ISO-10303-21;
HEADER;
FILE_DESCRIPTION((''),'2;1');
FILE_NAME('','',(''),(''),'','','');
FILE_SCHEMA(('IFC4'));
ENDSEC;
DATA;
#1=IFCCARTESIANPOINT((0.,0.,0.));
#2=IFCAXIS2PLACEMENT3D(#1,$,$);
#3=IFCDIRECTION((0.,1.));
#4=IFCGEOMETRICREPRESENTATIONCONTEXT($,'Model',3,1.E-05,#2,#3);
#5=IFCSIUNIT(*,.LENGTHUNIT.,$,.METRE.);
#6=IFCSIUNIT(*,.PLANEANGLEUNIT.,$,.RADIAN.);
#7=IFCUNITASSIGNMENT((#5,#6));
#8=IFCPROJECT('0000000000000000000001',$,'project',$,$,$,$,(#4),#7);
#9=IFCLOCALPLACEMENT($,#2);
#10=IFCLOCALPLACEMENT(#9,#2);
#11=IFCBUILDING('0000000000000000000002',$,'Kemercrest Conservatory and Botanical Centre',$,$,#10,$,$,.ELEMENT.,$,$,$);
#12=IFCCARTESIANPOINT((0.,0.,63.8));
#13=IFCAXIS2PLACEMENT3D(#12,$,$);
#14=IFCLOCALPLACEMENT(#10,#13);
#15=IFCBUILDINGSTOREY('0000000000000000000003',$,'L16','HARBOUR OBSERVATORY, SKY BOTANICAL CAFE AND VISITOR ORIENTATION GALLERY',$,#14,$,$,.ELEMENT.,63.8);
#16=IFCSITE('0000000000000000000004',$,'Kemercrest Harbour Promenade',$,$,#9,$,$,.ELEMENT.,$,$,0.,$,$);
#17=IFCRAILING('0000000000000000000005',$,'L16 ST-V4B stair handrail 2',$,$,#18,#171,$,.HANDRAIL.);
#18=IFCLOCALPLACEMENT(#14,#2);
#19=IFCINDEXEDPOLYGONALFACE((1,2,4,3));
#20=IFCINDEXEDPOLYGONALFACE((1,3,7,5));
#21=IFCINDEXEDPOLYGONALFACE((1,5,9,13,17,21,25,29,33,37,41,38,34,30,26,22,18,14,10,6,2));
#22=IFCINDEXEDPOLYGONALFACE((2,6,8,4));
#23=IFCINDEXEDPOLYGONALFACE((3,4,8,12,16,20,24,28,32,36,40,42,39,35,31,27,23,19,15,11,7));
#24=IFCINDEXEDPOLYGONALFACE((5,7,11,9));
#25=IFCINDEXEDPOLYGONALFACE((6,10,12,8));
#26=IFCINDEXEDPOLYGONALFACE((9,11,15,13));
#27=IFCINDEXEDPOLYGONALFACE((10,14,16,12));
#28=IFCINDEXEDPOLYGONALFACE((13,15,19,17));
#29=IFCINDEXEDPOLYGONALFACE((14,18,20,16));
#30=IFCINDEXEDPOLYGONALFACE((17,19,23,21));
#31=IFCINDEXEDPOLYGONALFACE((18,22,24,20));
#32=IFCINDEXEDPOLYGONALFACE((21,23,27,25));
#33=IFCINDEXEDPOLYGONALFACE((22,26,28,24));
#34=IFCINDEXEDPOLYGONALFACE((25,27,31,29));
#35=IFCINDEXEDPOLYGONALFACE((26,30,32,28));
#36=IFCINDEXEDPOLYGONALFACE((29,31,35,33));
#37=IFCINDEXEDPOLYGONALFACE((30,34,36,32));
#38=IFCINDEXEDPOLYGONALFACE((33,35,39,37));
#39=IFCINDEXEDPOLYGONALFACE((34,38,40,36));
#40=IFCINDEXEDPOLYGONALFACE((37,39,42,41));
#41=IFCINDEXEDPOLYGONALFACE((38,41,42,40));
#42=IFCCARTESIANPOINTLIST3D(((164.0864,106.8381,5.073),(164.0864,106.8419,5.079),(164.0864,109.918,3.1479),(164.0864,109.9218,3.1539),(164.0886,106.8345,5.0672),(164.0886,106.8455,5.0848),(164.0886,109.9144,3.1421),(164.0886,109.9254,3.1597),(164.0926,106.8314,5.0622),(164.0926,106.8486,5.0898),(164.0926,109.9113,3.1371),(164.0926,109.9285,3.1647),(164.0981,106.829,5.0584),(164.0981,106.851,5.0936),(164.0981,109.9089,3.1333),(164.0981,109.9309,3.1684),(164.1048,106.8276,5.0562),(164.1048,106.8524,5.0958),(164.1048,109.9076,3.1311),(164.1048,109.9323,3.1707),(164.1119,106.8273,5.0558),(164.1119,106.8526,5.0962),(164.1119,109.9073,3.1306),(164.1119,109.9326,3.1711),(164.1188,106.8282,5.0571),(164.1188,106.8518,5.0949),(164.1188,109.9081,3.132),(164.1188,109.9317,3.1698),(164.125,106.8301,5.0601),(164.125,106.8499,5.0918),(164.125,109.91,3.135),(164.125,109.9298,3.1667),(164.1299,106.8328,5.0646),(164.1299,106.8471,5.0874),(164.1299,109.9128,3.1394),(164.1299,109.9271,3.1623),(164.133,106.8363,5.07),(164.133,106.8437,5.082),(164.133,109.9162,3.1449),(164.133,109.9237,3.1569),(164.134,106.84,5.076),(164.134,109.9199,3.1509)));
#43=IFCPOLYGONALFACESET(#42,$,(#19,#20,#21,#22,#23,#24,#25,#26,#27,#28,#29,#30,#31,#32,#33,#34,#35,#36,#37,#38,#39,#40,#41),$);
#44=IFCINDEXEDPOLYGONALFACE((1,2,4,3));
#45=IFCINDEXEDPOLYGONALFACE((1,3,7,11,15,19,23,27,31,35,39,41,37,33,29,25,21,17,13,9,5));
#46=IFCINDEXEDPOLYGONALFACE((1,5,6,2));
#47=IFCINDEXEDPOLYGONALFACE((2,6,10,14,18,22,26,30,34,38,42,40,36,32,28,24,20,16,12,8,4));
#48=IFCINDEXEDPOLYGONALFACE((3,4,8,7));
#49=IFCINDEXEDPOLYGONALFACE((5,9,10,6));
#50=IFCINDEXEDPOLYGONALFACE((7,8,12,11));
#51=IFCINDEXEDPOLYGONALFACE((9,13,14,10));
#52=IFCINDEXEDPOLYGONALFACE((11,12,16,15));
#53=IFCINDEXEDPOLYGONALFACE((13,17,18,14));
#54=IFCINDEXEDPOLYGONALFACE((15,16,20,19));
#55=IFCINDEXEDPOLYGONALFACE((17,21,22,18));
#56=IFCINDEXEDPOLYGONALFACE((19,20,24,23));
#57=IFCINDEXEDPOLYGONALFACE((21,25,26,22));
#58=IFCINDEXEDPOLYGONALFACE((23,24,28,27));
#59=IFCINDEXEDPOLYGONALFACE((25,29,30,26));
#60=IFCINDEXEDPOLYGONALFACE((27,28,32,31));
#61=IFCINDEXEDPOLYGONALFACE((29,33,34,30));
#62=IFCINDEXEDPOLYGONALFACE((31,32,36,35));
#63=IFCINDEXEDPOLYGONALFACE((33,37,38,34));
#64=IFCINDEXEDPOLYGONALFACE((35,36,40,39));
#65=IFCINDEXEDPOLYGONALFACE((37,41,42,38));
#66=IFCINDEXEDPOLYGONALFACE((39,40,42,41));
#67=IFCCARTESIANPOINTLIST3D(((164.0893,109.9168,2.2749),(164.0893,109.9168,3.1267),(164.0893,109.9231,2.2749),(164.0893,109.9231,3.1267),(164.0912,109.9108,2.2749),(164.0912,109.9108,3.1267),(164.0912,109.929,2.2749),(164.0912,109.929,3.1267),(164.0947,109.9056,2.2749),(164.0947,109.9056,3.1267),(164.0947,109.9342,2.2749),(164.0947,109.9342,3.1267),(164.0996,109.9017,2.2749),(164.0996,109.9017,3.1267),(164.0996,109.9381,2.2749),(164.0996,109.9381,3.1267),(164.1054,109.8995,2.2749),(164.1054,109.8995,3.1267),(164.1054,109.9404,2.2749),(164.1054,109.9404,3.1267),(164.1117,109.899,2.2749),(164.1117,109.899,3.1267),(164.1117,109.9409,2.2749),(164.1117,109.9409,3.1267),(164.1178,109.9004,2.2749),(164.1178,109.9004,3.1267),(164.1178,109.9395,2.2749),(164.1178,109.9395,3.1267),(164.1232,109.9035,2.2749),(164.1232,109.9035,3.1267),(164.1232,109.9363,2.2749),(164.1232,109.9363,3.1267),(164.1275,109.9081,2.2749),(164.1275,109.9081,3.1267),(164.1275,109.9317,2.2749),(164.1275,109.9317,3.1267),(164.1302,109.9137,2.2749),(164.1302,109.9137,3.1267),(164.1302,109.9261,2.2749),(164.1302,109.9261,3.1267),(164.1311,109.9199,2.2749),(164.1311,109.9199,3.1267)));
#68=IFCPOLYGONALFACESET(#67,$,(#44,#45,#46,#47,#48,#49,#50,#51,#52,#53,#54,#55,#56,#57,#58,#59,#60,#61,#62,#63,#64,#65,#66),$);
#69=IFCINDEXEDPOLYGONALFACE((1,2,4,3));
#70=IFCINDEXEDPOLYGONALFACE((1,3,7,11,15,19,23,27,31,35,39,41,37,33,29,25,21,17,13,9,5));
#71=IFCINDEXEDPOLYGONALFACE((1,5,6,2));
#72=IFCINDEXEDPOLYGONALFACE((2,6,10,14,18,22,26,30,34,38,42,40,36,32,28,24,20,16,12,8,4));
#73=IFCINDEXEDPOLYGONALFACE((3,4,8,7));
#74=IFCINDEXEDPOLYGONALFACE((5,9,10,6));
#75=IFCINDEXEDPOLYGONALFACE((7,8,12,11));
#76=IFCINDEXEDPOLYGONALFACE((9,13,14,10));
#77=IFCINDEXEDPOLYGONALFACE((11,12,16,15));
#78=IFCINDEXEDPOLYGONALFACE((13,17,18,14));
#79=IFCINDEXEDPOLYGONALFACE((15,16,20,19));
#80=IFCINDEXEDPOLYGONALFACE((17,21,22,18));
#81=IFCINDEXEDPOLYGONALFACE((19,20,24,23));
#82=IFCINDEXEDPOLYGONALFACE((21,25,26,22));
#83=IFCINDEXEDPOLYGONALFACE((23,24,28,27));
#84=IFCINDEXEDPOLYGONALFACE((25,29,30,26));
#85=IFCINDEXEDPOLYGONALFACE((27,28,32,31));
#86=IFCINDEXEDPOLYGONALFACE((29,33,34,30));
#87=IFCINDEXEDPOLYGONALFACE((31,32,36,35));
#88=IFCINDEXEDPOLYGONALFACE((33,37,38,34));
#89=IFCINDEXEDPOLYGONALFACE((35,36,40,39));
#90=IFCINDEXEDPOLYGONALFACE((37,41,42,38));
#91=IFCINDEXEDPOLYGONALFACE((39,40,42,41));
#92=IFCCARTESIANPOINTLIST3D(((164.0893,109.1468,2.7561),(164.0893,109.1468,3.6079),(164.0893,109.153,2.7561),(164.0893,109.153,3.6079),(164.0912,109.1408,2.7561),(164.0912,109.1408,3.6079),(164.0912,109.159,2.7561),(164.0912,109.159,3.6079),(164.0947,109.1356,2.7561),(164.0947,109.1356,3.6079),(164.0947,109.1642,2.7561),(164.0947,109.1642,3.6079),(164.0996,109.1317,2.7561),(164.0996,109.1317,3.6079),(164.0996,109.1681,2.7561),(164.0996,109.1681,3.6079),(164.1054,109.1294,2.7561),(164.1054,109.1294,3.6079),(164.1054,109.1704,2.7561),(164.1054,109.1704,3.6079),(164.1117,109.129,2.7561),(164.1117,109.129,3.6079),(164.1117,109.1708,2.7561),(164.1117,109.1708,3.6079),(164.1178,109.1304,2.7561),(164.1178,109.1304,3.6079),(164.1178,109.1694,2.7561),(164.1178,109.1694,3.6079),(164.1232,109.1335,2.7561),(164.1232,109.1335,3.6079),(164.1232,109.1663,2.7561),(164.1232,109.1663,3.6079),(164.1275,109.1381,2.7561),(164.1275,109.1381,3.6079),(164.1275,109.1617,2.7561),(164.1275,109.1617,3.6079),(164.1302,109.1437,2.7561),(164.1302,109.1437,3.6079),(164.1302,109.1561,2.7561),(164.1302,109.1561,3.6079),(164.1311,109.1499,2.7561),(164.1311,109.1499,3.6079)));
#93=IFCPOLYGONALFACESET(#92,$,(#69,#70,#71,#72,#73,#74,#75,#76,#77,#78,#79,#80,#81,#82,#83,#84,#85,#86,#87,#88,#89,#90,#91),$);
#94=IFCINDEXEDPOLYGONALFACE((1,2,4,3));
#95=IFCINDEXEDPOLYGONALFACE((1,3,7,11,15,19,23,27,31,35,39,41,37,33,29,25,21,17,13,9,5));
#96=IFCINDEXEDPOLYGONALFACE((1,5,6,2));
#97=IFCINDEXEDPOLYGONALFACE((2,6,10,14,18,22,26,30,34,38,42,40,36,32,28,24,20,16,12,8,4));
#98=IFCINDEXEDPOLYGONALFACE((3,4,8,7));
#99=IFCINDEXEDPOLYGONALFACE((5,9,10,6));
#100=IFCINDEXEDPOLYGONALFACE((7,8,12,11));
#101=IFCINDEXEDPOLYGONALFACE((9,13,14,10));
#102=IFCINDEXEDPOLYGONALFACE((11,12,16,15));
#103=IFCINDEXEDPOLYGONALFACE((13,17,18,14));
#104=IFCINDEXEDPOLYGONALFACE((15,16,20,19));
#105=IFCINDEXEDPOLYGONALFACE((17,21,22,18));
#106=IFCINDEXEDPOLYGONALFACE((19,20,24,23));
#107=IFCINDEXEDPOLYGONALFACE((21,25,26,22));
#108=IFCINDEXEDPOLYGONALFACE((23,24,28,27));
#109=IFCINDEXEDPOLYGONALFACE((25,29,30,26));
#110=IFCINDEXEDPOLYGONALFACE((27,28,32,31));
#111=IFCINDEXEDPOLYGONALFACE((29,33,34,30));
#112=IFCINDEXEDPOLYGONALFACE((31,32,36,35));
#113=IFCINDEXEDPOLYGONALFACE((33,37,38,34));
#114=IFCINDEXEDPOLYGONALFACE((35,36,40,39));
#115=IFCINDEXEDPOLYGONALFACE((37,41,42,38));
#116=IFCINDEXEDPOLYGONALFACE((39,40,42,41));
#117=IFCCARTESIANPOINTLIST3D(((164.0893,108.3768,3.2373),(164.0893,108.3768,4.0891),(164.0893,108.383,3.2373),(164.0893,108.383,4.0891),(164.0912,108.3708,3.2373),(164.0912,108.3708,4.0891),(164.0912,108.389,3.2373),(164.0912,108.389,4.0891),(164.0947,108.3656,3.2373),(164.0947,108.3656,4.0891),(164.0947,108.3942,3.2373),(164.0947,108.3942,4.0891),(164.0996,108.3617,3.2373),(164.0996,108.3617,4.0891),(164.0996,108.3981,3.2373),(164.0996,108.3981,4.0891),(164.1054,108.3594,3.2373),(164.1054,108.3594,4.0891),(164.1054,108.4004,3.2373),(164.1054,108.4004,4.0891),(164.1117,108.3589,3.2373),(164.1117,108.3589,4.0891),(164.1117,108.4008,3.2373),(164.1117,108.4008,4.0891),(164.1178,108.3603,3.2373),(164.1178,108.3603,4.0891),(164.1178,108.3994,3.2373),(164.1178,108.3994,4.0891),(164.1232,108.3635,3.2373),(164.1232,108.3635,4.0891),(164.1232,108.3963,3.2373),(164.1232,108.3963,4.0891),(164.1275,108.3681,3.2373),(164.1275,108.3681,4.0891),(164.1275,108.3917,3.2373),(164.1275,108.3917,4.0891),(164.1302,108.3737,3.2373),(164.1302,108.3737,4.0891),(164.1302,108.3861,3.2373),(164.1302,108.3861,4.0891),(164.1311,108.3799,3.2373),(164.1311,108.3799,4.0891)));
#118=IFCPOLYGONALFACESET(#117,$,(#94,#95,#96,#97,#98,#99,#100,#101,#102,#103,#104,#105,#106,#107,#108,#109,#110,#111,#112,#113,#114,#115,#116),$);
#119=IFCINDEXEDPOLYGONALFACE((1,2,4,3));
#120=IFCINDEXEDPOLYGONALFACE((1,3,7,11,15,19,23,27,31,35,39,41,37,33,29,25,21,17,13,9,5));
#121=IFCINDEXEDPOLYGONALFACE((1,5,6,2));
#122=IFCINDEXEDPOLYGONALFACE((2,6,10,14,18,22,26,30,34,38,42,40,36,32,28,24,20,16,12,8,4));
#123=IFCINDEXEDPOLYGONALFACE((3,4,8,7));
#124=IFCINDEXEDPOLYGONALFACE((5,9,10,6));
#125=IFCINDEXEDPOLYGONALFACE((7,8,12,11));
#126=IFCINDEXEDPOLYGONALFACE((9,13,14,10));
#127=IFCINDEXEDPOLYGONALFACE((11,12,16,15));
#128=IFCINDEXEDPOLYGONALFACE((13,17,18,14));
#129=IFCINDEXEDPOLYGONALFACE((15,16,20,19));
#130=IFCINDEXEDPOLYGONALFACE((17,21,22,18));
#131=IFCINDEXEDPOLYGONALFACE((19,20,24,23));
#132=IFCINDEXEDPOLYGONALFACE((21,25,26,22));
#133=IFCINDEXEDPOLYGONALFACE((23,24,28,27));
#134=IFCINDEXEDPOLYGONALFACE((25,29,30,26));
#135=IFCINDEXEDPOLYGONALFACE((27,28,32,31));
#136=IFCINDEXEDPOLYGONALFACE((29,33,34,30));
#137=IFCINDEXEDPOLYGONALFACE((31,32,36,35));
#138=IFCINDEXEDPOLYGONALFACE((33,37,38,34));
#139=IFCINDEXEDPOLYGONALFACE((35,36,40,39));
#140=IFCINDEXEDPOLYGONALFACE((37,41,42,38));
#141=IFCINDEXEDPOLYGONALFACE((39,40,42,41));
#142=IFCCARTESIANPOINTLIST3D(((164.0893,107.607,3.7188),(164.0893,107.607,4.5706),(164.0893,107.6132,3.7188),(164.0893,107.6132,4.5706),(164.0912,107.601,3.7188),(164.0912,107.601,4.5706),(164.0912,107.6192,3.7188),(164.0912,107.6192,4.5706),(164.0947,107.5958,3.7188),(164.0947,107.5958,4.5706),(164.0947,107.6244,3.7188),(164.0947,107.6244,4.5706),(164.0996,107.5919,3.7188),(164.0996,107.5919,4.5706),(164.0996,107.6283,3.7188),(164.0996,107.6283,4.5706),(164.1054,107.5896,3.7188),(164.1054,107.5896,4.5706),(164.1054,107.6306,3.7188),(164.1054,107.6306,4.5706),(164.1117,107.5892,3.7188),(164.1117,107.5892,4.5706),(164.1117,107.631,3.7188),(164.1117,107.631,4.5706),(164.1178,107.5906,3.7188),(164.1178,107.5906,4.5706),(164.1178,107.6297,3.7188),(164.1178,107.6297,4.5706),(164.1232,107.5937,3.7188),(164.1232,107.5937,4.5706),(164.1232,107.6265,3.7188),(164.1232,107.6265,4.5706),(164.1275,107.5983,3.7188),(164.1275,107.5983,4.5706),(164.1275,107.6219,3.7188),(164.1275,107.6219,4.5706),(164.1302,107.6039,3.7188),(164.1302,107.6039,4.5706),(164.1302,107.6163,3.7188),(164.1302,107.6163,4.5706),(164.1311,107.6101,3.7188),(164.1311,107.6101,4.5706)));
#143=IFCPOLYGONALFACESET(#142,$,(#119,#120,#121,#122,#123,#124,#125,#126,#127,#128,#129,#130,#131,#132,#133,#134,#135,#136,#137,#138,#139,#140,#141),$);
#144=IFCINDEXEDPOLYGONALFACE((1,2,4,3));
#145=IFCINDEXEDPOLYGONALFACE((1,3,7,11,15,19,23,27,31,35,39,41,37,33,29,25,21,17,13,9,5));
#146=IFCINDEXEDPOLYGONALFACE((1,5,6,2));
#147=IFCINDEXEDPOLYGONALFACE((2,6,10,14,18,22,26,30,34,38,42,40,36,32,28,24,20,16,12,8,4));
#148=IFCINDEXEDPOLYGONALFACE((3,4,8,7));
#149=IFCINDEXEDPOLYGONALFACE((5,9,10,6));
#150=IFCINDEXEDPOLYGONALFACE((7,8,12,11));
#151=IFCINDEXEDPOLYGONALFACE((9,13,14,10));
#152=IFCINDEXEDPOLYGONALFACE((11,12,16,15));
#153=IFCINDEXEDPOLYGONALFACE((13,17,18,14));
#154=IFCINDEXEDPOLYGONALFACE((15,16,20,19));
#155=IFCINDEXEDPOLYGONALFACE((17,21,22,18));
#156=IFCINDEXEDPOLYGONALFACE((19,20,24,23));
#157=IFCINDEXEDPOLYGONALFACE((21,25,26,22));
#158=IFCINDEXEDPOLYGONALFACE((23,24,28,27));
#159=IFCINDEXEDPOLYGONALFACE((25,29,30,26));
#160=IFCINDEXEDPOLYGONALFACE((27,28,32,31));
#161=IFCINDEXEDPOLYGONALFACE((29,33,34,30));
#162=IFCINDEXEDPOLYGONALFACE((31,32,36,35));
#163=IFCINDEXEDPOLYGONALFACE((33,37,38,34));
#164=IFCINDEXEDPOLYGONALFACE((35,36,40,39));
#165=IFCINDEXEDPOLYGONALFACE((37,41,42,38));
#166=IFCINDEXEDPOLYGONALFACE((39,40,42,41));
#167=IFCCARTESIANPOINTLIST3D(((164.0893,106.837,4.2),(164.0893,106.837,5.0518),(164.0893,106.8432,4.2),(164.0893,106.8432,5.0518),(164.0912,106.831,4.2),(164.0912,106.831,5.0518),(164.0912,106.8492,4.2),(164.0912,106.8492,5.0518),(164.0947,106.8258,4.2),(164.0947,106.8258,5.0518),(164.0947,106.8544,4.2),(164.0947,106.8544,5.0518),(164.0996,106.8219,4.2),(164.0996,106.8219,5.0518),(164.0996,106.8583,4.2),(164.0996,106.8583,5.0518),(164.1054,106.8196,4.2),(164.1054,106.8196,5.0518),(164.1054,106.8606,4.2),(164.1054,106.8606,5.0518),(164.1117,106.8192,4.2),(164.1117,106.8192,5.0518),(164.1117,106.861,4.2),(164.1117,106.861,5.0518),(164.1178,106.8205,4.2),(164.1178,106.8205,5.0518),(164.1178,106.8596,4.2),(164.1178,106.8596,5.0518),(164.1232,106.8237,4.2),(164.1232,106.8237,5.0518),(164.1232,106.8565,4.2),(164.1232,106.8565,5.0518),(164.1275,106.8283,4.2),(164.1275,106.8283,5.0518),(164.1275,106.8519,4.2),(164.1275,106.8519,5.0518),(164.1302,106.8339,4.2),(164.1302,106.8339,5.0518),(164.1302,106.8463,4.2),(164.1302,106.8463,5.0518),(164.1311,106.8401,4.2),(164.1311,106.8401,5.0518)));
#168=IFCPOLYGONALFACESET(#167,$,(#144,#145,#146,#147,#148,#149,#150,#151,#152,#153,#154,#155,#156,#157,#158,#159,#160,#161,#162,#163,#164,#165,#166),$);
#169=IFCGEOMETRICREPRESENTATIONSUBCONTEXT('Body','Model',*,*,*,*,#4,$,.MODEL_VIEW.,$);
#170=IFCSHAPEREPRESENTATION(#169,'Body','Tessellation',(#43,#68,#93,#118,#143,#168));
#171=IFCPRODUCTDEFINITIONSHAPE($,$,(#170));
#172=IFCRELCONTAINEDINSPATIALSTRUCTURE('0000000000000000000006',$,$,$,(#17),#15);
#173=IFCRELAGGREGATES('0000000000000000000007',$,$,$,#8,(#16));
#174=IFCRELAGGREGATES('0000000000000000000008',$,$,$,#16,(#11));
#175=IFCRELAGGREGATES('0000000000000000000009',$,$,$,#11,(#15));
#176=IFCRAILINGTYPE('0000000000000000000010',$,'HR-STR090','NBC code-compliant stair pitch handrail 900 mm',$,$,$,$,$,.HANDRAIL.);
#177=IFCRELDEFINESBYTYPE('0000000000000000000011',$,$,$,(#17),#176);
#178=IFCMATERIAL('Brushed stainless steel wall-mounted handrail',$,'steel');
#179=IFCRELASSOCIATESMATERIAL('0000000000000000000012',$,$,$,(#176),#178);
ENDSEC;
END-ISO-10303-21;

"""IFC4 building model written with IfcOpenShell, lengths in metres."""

from ifc_helpers import new_model, si_unit, direction, frame, origin, origin_2d, place, context, subcontext, project, spatial, circle, extrude, material, type_object, element, save


model = new_model("IFC4")

# Units and contexts
model_context = context("Model", 3, precision=1e-05, world=origin(), true_north=direction((0.0, 1.0)))
body_context = subcontext(model_context, "Body", "Model", "MODEL_VIEW")
ifc_project = project(units=[si_unit("LENGTHUNIT", "METRE"), si_unit("PLANEANGLEUNIT", "RADIAN")], contexts=[model_context])

# Site, building, storey
site_placement = place(None, origin())
site = spatial("IfcSite", under=ifc_project, at=site_placement, Name="Kemercrest Harbour Promenade", CompositionType="ELEMENT", RefElevation=0.0)
building_placement = place(site_placement, origin())
building = spatial("IfcBuilding", under=site, at=building_placement, Name="Kemercrest Conservatory and Botanical Centre", CompositionType="ELEMENT")
storey_placement = place(building_placement, frame((0.0, 0.0, 63.8)))
storey = spatial("IfcBuildingStorey", under=building, at=storey_placement, Name="L16", Description="HARBOUR OBSERVATORY, SKY BOTANICAL CAFE AND VISITOR ORIENTATION GALLERY", CompositionType="ELEMENT", Elevation=63.8)

# Railing
ifc_material_1 = material(Name="Brushed stainless steel wall-mounted handrail", Category="steel")
railing_type_1 = type_object("IfcRailingType", Name="HR-STR090", Description="NBC code-compliant stair pitch handrail 900 mm", PredefinedType="HANDRAIL", material=ifc_material_1)
railing_1_placement = place(storey_placement, frame((164.1101, 109.9199, 2.2749)))
element("IfcRailing", 1, at=railing_1_placement, inside=storey, type_object=railing_type_1, Name="L16 ST-V4B stair handrail 2", PredefinedType="HANDRAIL", context=body_context, shape_type="SweptSolid", body=[
    extrude(circle(Radius=0.0239, at=origin_2d()), frame((0.0, 0.0, 0.876), z_axis=(0.0, -0.847979, 0.530029), x_axis=(1.0, 0.0, 0.0)), (0.0, 0.0, 1.0), 3.6321),
    extrude(circle(Radius=0.021, at=origin_2d()), origin(), (0.0, 0.0, 1.0), 0.8518),
    extrude(circle(Radius=0.021, at=origin_2d()), frame((0.0, -0.77, 0.4812)), (0.0, 0.0, 1.0), 0.8518),
    extrude(circle(Radius=0.021, at=origin_2d()), frame((0.0, -1.54, 0.9624)), (0.0, 0.0, 1.0), 0.8518),
    extrude(circle(Radius=0.021, at=origin_2d()), frame((0.0, -2.3098, 1.4438)), (0.0, 0.0, 1.0), 0.8518),
    extrude(circle(Radius=0.021, at=origin_2d()), frame((0.0, -3.0798, 1.925)), (0.0, 0.0, 1.0), 0.8518),
])

save(model, "model.ifc")
